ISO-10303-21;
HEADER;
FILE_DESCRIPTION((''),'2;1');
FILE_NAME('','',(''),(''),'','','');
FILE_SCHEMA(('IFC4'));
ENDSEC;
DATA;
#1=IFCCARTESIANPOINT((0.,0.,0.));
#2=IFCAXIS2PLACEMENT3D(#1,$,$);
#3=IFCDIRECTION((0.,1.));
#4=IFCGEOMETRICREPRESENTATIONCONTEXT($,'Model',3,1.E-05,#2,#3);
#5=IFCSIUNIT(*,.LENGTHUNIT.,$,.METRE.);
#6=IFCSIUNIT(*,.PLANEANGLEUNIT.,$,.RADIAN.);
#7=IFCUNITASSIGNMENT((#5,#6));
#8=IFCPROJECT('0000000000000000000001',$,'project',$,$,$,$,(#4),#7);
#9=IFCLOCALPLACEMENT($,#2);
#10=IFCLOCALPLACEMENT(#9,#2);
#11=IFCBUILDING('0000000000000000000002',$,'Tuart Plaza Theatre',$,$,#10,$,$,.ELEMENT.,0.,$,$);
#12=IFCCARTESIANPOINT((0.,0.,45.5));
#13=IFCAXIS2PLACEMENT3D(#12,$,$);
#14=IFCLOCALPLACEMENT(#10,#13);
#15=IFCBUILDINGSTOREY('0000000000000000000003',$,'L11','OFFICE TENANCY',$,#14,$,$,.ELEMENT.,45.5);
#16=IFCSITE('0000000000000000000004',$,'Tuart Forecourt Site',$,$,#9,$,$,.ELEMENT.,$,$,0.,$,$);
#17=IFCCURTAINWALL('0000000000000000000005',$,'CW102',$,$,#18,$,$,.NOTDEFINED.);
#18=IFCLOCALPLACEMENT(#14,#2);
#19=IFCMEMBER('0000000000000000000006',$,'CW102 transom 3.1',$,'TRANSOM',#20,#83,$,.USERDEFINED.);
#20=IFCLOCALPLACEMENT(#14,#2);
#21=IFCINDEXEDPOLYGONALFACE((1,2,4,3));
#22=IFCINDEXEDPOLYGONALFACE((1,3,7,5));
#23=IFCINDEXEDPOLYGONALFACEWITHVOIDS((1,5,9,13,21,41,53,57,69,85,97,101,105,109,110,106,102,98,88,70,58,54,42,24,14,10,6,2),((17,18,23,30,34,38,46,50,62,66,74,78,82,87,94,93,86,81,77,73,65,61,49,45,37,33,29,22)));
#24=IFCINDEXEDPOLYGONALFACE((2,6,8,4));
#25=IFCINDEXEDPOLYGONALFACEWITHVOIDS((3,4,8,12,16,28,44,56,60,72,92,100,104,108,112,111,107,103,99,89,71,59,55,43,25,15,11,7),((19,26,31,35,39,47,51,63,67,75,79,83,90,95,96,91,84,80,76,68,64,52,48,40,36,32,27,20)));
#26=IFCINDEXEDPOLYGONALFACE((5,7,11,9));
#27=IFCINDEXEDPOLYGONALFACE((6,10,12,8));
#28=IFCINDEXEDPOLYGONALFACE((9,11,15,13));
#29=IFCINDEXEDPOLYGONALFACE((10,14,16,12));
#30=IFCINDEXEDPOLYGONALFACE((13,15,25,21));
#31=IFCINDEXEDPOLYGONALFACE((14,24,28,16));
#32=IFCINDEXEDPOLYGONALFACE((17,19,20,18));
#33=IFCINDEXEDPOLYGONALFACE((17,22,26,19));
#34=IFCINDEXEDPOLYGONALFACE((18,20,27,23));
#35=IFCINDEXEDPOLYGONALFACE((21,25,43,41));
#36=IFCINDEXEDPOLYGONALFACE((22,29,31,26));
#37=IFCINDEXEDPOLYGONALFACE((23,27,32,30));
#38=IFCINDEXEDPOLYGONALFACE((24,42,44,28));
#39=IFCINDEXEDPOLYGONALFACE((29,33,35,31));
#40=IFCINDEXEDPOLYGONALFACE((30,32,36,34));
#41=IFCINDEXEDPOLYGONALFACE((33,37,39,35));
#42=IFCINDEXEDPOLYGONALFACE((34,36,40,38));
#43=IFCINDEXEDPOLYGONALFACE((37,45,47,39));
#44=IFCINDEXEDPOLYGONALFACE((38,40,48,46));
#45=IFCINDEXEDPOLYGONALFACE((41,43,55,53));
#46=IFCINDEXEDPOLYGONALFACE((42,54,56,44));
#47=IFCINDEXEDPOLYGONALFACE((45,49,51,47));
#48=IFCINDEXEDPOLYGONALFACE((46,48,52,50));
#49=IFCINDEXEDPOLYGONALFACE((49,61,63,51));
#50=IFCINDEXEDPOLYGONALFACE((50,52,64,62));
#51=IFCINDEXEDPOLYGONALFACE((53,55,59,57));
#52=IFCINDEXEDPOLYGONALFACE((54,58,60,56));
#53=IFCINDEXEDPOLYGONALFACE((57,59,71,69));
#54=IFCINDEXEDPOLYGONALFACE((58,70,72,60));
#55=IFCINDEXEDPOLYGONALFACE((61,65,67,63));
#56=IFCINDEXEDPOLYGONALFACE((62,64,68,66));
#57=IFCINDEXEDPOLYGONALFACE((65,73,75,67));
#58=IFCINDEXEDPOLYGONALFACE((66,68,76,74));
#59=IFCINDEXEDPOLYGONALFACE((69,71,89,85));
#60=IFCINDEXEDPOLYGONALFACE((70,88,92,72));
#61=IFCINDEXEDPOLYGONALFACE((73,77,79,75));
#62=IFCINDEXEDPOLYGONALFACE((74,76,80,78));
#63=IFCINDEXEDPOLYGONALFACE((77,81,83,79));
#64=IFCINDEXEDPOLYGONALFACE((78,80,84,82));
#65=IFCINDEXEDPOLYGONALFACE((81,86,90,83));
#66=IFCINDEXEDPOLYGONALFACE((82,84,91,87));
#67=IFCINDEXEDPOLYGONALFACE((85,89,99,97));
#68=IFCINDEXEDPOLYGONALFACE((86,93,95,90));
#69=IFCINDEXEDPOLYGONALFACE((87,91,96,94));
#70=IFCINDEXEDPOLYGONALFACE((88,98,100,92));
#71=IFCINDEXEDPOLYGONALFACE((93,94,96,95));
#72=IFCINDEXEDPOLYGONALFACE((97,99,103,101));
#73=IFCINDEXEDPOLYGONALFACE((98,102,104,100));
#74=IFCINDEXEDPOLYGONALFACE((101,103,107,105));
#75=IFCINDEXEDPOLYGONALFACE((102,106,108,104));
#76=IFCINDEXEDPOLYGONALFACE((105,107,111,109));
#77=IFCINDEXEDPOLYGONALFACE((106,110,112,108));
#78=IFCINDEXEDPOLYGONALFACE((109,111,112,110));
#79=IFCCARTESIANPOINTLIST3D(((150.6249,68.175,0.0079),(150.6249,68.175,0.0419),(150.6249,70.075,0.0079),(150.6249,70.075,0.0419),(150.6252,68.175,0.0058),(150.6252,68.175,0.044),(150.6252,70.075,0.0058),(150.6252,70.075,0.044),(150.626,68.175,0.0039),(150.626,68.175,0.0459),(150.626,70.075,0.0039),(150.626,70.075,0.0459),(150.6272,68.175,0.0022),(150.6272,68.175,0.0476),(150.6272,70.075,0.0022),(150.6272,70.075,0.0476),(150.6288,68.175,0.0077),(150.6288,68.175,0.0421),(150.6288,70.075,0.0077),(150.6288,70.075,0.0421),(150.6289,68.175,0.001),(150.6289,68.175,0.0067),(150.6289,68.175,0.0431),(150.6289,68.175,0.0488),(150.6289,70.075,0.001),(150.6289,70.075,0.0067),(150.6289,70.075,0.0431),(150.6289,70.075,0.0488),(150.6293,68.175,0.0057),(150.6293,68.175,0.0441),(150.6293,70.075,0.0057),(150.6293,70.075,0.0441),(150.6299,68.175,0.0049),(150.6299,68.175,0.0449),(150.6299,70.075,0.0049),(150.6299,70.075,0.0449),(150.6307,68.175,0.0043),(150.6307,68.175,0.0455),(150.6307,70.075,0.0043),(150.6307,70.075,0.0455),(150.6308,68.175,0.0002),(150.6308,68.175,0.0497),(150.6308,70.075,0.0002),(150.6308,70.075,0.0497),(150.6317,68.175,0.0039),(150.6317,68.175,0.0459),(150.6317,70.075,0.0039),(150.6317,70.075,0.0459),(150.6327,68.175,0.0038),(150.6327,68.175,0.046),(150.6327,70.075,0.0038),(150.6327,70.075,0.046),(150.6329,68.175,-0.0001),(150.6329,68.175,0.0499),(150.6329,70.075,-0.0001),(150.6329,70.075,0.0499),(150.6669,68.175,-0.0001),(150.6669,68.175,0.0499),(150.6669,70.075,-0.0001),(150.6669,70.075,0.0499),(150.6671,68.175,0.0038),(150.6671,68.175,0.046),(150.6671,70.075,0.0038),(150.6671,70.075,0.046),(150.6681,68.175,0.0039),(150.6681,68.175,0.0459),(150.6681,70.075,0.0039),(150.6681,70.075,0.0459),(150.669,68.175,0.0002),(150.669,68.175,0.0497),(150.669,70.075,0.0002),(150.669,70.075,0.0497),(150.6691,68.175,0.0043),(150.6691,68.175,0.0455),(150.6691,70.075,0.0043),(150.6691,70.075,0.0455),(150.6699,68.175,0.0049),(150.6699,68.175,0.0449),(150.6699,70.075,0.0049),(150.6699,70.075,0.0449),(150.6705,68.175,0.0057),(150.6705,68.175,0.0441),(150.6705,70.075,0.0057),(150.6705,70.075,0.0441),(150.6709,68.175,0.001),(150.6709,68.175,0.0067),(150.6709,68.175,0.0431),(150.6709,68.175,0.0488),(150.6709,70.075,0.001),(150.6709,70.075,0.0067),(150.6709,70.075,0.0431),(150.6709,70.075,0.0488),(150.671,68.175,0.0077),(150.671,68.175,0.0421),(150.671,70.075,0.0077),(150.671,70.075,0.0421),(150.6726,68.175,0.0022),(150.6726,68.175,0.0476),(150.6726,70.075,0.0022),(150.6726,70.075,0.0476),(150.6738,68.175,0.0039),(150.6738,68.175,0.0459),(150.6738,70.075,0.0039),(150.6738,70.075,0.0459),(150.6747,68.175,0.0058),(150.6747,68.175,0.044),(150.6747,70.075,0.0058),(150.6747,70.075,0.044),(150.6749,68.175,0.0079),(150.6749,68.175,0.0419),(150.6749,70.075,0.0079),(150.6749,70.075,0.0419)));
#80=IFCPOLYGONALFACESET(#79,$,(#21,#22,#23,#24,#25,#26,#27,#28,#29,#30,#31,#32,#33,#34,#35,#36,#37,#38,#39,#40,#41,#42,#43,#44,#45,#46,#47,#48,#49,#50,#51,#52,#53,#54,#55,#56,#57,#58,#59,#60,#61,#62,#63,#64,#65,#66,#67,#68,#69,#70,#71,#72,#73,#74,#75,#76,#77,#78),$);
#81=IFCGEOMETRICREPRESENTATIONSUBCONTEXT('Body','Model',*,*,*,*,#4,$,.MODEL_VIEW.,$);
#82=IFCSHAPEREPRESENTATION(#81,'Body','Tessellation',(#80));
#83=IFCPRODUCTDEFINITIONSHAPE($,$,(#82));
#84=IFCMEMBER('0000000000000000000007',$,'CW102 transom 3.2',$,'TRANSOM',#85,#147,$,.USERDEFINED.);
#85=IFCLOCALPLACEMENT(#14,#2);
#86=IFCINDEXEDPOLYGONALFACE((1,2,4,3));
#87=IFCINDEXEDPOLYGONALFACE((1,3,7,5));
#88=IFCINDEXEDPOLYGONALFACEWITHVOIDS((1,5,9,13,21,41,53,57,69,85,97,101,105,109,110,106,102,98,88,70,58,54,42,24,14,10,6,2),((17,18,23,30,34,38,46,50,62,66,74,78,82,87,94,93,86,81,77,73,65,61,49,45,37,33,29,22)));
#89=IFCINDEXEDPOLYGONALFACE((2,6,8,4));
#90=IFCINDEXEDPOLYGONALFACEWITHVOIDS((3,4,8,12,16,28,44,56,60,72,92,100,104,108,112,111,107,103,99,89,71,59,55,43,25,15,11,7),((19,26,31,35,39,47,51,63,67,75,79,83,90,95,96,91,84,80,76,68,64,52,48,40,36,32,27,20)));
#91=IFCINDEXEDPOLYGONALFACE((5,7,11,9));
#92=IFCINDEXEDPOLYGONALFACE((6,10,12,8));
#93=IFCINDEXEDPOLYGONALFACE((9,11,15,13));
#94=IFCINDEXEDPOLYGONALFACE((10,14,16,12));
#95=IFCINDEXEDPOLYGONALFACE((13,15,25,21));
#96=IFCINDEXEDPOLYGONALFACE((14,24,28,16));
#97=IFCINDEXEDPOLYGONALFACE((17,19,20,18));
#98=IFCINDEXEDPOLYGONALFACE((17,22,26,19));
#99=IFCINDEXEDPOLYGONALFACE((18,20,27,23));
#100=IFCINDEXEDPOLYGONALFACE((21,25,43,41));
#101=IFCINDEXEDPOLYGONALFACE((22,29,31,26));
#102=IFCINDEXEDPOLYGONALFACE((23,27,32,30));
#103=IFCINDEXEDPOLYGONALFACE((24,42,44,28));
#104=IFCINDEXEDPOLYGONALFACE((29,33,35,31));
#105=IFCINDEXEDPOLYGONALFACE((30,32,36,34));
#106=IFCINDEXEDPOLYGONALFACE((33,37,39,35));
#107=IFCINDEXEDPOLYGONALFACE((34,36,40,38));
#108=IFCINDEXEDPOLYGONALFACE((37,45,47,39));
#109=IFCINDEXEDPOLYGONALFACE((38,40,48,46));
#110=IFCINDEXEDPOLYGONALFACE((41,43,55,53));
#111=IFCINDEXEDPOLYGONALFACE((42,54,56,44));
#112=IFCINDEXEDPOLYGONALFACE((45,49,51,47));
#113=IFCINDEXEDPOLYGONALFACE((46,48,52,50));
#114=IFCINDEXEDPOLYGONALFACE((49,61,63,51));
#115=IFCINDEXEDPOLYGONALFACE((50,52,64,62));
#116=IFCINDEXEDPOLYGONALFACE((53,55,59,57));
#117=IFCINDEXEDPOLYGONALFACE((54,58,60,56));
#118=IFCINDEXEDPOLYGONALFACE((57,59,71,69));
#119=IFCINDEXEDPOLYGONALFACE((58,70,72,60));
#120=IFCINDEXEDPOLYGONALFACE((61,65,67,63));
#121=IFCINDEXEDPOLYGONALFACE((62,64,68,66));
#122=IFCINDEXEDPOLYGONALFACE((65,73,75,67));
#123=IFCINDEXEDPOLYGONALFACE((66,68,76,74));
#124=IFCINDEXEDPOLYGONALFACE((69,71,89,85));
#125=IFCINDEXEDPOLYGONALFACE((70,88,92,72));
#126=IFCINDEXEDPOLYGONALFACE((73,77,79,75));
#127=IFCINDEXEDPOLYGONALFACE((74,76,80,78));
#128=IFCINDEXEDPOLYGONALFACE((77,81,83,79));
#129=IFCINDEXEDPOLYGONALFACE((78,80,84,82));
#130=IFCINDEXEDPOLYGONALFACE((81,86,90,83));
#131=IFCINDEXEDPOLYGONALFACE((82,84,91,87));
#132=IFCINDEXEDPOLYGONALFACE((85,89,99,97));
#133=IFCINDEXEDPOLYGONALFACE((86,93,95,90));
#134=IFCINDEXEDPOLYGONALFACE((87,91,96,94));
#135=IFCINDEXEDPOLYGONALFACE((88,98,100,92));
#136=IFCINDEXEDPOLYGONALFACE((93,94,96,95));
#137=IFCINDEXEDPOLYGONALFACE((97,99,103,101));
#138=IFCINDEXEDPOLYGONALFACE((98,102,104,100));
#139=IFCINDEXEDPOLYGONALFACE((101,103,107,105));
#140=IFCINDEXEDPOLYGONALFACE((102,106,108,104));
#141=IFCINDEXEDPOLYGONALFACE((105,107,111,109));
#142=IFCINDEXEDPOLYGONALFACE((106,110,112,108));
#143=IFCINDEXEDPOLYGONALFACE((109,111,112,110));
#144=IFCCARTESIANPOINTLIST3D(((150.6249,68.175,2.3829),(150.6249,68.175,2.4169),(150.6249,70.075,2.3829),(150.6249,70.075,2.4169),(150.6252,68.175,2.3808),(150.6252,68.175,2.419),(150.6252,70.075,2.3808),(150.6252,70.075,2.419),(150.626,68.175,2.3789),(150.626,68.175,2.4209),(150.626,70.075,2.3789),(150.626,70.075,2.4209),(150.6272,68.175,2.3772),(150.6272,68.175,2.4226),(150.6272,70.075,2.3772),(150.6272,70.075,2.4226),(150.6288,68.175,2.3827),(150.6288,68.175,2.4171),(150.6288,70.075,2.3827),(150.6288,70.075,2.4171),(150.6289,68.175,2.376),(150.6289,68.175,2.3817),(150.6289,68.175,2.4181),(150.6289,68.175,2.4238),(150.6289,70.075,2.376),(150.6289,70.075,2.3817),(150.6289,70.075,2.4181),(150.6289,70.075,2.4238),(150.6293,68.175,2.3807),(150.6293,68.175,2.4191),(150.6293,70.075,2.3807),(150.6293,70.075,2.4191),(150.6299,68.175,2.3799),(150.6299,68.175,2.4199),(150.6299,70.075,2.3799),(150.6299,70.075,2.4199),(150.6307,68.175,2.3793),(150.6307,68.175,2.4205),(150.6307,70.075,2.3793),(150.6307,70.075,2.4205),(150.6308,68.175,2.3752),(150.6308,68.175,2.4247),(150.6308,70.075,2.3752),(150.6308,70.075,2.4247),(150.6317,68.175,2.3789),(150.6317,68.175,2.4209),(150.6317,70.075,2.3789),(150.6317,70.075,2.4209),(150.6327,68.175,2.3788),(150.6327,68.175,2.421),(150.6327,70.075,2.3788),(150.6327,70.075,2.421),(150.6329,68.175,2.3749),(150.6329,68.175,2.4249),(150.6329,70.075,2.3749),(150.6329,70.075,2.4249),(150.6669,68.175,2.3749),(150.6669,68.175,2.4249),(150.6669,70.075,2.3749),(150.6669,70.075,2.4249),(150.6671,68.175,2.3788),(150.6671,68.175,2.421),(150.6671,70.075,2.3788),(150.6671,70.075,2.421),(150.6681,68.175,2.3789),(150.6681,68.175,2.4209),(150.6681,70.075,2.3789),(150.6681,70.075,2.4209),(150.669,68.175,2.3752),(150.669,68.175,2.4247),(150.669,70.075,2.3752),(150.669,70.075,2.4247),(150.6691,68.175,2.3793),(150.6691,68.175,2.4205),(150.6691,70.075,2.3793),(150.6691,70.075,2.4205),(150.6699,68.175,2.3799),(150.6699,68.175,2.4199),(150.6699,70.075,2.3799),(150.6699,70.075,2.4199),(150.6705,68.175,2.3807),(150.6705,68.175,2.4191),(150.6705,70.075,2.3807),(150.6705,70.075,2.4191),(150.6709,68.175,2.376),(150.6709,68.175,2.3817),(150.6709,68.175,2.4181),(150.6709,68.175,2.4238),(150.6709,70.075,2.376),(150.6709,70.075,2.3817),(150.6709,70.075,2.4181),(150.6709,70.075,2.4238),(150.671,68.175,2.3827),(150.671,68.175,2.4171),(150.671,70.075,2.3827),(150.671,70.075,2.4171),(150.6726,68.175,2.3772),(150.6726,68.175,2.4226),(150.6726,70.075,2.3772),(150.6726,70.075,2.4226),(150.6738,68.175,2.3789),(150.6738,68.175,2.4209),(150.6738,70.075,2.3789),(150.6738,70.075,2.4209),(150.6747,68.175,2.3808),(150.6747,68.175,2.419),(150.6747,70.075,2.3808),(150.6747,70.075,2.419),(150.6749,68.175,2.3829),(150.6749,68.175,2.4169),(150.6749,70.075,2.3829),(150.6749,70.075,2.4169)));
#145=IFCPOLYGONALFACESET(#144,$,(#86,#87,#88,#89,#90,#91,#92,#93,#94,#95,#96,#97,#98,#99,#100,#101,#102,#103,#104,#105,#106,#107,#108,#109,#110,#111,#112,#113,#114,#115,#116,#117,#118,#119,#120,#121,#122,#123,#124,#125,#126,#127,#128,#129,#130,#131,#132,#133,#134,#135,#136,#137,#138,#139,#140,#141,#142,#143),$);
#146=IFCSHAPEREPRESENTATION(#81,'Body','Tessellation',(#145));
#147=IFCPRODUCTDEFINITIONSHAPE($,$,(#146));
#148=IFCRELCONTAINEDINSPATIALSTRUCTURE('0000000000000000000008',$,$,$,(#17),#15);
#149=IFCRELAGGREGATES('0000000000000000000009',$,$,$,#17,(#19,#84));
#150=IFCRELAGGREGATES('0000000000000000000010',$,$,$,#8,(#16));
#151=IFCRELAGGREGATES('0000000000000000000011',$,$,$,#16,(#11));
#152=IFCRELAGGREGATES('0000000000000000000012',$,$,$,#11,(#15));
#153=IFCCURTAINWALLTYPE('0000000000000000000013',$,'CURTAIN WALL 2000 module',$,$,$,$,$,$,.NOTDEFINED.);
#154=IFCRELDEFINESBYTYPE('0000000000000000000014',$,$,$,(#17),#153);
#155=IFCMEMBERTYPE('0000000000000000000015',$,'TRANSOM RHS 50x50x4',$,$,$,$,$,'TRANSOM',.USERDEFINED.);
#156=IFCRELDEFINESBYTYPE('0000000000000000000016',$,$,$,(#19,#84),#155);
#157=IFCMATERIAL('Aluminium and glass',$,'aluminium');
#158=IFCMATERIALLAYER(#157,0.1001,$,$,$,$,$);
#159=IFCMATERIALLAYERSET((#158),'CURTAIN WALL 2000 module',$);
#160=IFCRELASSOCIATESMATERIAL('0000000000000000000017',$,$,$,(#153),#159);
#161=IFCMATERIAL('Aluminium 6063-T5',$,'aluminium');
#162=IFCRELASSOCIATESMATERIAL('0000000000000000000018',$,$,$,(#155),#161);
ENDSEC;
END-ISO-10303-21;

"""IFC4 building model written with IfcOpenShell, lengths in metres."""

from ifc_helpers import new_model, si_unit, direction, frame, origin, origin_2d, place, context, subcontext, project, spatial, hollow_rectangle, extrude, material, layer, layer_set, material_profile, profile_set, type_object, element, aggregate, save


model = new_model("IFC4")

# Units and contexts
model_context = context("Model", 3, precision=1e-05, world=origin(), true_north=direction((0.0, 1.0)))
body_context = subcontext(model_context, "Body", "Model", "MODEL_VIEW")
ifc_project = project(units=[si_unit("LENGTHUNIT", "METRE"), si_unit("PLANEANGLEUNIT", "RADIAN")], contexts=[model_context])

# Site, building, storey
site_placement = place(None, origin())
site = spatial("IfcSite", under=ifc_project, at=site_placement, Name="Tuart Forecourt Site", CompositionType="ELEMENT", RefElevation=0.0)
building_placement = place(site_placement, origin())
building = spatial("IfcBuilding", under=site, at=building_placement, Name="Tuart Plaza Theatre", CompositionType="ELEMENT", ElevationOfRefHeight=0.0)
storey_placement = place(building_placement, frame((0.0, 0.0, 45.5)))
storey = spatial("IfcBuildingStorey", under=building, at=storey_placement, Name="L11", Description="OFFICE TENANCY", CompositionType="ELEMENT", Elevation=45.5)

# Shared definitions
ifc_material_1 = material(Name="Aluminium and glass", Category="aluminium")
ifc_layer_1 = layer(ifc_material_1, 0.1001)
ifc_layer_set_1 = layer_set([ifc_layer_1], Name="CURTAIN WALL 2000 module")
curtain_wall_type = type_object("IfcCurtainWallType", Name="CURTAIN WALL 2000 module", PredefinedType="NOTDEFINED", material=ifc_layer_set_1)

# Curtain wall
curtain_wall_1_placement = place(storey_placement, origin())
curtain_wall_1 = element("IfcCurtainWall", 1, at=curtain_wall_1_placement, inside=storey, type_object=curtain_wall_type, Name="CW102", PredefinedType="NOTDEFINED")

# Members
ifc_material_2 = material(Name="Aluminium 6063-T5", Category="aluminium")
ifc_material_profile_1 = material_profile(ifc_material_2, hollow_rectangle(XDim=0.05, YDim=0.05, WallThickness=0.0039, InnerFilletRadius=0.0039, OuterFilletRadius=0.0081, at=origin_2d()), Name="RHS 50x50x4")
ifc_profile_set_1 = profile_set([ifc_material_profile_1], Name="Aluminium 6063-T5")
member_type_1 = type_object("IfcMemberType", Name="TRANSOM RHS 50x50x4", ElementType="TRANSOM", PredefinedType="USERDEFINED", material=ifc_profile_set_1)
member_1_placement = place(storey_placement, frame((150.6499, 68.175, 0.0249), z_axis=(0.0, 1.0, 0.0), x_axis=(-1.0, 0.0, 0.0)))
member_1 = element("IfcMember", 2, at=member_1_placement, type_object=member_type_1, Name="CW102 transom 3.1", ObjectType="TRANSOM", PredefinedType="USERDEFINED", context=body_context, shape_type="SweptSolid", body=[
    extrude(hollow_rectangle(XDim=0.05, YDim=0.05, WallThickness=0.0039, InnerFilletRadius=0.0039, OuterFilletRadius=0.0081, at=origin_2d()), origin(), (0.0, 0.0, 1.0), 1.8999),
])
member_2_placement = place(storey_placement, frame((150.6499, 68.175, 2.3999), z_axis=(0.0, 1.0, 0.0), x_axis=(-1.0, 0.0, 0.0)))
member_2 = element("IfcMember", 3, at=member_2_placement, type_object=member_type_1, Name="CW102 transom 3.2", ObjectType="TRANSOM", PredefinedType="USERDEFINED", context=body_context, shape_type="SweptSolid", body=[
    extrude(hollow_rectangle(XDim=0.05, YDim=0.05, WallThickness=0.0039, InnerFilletRadius=0.0039, OuterFilletRadius=0.0081, at=origin_2d()), origin(), (0.0, 0.0, 1.0), 1.8999),
])

aggregate(curtain_wall_1, [member_1, member_2])

save(model, "model.ifc")
